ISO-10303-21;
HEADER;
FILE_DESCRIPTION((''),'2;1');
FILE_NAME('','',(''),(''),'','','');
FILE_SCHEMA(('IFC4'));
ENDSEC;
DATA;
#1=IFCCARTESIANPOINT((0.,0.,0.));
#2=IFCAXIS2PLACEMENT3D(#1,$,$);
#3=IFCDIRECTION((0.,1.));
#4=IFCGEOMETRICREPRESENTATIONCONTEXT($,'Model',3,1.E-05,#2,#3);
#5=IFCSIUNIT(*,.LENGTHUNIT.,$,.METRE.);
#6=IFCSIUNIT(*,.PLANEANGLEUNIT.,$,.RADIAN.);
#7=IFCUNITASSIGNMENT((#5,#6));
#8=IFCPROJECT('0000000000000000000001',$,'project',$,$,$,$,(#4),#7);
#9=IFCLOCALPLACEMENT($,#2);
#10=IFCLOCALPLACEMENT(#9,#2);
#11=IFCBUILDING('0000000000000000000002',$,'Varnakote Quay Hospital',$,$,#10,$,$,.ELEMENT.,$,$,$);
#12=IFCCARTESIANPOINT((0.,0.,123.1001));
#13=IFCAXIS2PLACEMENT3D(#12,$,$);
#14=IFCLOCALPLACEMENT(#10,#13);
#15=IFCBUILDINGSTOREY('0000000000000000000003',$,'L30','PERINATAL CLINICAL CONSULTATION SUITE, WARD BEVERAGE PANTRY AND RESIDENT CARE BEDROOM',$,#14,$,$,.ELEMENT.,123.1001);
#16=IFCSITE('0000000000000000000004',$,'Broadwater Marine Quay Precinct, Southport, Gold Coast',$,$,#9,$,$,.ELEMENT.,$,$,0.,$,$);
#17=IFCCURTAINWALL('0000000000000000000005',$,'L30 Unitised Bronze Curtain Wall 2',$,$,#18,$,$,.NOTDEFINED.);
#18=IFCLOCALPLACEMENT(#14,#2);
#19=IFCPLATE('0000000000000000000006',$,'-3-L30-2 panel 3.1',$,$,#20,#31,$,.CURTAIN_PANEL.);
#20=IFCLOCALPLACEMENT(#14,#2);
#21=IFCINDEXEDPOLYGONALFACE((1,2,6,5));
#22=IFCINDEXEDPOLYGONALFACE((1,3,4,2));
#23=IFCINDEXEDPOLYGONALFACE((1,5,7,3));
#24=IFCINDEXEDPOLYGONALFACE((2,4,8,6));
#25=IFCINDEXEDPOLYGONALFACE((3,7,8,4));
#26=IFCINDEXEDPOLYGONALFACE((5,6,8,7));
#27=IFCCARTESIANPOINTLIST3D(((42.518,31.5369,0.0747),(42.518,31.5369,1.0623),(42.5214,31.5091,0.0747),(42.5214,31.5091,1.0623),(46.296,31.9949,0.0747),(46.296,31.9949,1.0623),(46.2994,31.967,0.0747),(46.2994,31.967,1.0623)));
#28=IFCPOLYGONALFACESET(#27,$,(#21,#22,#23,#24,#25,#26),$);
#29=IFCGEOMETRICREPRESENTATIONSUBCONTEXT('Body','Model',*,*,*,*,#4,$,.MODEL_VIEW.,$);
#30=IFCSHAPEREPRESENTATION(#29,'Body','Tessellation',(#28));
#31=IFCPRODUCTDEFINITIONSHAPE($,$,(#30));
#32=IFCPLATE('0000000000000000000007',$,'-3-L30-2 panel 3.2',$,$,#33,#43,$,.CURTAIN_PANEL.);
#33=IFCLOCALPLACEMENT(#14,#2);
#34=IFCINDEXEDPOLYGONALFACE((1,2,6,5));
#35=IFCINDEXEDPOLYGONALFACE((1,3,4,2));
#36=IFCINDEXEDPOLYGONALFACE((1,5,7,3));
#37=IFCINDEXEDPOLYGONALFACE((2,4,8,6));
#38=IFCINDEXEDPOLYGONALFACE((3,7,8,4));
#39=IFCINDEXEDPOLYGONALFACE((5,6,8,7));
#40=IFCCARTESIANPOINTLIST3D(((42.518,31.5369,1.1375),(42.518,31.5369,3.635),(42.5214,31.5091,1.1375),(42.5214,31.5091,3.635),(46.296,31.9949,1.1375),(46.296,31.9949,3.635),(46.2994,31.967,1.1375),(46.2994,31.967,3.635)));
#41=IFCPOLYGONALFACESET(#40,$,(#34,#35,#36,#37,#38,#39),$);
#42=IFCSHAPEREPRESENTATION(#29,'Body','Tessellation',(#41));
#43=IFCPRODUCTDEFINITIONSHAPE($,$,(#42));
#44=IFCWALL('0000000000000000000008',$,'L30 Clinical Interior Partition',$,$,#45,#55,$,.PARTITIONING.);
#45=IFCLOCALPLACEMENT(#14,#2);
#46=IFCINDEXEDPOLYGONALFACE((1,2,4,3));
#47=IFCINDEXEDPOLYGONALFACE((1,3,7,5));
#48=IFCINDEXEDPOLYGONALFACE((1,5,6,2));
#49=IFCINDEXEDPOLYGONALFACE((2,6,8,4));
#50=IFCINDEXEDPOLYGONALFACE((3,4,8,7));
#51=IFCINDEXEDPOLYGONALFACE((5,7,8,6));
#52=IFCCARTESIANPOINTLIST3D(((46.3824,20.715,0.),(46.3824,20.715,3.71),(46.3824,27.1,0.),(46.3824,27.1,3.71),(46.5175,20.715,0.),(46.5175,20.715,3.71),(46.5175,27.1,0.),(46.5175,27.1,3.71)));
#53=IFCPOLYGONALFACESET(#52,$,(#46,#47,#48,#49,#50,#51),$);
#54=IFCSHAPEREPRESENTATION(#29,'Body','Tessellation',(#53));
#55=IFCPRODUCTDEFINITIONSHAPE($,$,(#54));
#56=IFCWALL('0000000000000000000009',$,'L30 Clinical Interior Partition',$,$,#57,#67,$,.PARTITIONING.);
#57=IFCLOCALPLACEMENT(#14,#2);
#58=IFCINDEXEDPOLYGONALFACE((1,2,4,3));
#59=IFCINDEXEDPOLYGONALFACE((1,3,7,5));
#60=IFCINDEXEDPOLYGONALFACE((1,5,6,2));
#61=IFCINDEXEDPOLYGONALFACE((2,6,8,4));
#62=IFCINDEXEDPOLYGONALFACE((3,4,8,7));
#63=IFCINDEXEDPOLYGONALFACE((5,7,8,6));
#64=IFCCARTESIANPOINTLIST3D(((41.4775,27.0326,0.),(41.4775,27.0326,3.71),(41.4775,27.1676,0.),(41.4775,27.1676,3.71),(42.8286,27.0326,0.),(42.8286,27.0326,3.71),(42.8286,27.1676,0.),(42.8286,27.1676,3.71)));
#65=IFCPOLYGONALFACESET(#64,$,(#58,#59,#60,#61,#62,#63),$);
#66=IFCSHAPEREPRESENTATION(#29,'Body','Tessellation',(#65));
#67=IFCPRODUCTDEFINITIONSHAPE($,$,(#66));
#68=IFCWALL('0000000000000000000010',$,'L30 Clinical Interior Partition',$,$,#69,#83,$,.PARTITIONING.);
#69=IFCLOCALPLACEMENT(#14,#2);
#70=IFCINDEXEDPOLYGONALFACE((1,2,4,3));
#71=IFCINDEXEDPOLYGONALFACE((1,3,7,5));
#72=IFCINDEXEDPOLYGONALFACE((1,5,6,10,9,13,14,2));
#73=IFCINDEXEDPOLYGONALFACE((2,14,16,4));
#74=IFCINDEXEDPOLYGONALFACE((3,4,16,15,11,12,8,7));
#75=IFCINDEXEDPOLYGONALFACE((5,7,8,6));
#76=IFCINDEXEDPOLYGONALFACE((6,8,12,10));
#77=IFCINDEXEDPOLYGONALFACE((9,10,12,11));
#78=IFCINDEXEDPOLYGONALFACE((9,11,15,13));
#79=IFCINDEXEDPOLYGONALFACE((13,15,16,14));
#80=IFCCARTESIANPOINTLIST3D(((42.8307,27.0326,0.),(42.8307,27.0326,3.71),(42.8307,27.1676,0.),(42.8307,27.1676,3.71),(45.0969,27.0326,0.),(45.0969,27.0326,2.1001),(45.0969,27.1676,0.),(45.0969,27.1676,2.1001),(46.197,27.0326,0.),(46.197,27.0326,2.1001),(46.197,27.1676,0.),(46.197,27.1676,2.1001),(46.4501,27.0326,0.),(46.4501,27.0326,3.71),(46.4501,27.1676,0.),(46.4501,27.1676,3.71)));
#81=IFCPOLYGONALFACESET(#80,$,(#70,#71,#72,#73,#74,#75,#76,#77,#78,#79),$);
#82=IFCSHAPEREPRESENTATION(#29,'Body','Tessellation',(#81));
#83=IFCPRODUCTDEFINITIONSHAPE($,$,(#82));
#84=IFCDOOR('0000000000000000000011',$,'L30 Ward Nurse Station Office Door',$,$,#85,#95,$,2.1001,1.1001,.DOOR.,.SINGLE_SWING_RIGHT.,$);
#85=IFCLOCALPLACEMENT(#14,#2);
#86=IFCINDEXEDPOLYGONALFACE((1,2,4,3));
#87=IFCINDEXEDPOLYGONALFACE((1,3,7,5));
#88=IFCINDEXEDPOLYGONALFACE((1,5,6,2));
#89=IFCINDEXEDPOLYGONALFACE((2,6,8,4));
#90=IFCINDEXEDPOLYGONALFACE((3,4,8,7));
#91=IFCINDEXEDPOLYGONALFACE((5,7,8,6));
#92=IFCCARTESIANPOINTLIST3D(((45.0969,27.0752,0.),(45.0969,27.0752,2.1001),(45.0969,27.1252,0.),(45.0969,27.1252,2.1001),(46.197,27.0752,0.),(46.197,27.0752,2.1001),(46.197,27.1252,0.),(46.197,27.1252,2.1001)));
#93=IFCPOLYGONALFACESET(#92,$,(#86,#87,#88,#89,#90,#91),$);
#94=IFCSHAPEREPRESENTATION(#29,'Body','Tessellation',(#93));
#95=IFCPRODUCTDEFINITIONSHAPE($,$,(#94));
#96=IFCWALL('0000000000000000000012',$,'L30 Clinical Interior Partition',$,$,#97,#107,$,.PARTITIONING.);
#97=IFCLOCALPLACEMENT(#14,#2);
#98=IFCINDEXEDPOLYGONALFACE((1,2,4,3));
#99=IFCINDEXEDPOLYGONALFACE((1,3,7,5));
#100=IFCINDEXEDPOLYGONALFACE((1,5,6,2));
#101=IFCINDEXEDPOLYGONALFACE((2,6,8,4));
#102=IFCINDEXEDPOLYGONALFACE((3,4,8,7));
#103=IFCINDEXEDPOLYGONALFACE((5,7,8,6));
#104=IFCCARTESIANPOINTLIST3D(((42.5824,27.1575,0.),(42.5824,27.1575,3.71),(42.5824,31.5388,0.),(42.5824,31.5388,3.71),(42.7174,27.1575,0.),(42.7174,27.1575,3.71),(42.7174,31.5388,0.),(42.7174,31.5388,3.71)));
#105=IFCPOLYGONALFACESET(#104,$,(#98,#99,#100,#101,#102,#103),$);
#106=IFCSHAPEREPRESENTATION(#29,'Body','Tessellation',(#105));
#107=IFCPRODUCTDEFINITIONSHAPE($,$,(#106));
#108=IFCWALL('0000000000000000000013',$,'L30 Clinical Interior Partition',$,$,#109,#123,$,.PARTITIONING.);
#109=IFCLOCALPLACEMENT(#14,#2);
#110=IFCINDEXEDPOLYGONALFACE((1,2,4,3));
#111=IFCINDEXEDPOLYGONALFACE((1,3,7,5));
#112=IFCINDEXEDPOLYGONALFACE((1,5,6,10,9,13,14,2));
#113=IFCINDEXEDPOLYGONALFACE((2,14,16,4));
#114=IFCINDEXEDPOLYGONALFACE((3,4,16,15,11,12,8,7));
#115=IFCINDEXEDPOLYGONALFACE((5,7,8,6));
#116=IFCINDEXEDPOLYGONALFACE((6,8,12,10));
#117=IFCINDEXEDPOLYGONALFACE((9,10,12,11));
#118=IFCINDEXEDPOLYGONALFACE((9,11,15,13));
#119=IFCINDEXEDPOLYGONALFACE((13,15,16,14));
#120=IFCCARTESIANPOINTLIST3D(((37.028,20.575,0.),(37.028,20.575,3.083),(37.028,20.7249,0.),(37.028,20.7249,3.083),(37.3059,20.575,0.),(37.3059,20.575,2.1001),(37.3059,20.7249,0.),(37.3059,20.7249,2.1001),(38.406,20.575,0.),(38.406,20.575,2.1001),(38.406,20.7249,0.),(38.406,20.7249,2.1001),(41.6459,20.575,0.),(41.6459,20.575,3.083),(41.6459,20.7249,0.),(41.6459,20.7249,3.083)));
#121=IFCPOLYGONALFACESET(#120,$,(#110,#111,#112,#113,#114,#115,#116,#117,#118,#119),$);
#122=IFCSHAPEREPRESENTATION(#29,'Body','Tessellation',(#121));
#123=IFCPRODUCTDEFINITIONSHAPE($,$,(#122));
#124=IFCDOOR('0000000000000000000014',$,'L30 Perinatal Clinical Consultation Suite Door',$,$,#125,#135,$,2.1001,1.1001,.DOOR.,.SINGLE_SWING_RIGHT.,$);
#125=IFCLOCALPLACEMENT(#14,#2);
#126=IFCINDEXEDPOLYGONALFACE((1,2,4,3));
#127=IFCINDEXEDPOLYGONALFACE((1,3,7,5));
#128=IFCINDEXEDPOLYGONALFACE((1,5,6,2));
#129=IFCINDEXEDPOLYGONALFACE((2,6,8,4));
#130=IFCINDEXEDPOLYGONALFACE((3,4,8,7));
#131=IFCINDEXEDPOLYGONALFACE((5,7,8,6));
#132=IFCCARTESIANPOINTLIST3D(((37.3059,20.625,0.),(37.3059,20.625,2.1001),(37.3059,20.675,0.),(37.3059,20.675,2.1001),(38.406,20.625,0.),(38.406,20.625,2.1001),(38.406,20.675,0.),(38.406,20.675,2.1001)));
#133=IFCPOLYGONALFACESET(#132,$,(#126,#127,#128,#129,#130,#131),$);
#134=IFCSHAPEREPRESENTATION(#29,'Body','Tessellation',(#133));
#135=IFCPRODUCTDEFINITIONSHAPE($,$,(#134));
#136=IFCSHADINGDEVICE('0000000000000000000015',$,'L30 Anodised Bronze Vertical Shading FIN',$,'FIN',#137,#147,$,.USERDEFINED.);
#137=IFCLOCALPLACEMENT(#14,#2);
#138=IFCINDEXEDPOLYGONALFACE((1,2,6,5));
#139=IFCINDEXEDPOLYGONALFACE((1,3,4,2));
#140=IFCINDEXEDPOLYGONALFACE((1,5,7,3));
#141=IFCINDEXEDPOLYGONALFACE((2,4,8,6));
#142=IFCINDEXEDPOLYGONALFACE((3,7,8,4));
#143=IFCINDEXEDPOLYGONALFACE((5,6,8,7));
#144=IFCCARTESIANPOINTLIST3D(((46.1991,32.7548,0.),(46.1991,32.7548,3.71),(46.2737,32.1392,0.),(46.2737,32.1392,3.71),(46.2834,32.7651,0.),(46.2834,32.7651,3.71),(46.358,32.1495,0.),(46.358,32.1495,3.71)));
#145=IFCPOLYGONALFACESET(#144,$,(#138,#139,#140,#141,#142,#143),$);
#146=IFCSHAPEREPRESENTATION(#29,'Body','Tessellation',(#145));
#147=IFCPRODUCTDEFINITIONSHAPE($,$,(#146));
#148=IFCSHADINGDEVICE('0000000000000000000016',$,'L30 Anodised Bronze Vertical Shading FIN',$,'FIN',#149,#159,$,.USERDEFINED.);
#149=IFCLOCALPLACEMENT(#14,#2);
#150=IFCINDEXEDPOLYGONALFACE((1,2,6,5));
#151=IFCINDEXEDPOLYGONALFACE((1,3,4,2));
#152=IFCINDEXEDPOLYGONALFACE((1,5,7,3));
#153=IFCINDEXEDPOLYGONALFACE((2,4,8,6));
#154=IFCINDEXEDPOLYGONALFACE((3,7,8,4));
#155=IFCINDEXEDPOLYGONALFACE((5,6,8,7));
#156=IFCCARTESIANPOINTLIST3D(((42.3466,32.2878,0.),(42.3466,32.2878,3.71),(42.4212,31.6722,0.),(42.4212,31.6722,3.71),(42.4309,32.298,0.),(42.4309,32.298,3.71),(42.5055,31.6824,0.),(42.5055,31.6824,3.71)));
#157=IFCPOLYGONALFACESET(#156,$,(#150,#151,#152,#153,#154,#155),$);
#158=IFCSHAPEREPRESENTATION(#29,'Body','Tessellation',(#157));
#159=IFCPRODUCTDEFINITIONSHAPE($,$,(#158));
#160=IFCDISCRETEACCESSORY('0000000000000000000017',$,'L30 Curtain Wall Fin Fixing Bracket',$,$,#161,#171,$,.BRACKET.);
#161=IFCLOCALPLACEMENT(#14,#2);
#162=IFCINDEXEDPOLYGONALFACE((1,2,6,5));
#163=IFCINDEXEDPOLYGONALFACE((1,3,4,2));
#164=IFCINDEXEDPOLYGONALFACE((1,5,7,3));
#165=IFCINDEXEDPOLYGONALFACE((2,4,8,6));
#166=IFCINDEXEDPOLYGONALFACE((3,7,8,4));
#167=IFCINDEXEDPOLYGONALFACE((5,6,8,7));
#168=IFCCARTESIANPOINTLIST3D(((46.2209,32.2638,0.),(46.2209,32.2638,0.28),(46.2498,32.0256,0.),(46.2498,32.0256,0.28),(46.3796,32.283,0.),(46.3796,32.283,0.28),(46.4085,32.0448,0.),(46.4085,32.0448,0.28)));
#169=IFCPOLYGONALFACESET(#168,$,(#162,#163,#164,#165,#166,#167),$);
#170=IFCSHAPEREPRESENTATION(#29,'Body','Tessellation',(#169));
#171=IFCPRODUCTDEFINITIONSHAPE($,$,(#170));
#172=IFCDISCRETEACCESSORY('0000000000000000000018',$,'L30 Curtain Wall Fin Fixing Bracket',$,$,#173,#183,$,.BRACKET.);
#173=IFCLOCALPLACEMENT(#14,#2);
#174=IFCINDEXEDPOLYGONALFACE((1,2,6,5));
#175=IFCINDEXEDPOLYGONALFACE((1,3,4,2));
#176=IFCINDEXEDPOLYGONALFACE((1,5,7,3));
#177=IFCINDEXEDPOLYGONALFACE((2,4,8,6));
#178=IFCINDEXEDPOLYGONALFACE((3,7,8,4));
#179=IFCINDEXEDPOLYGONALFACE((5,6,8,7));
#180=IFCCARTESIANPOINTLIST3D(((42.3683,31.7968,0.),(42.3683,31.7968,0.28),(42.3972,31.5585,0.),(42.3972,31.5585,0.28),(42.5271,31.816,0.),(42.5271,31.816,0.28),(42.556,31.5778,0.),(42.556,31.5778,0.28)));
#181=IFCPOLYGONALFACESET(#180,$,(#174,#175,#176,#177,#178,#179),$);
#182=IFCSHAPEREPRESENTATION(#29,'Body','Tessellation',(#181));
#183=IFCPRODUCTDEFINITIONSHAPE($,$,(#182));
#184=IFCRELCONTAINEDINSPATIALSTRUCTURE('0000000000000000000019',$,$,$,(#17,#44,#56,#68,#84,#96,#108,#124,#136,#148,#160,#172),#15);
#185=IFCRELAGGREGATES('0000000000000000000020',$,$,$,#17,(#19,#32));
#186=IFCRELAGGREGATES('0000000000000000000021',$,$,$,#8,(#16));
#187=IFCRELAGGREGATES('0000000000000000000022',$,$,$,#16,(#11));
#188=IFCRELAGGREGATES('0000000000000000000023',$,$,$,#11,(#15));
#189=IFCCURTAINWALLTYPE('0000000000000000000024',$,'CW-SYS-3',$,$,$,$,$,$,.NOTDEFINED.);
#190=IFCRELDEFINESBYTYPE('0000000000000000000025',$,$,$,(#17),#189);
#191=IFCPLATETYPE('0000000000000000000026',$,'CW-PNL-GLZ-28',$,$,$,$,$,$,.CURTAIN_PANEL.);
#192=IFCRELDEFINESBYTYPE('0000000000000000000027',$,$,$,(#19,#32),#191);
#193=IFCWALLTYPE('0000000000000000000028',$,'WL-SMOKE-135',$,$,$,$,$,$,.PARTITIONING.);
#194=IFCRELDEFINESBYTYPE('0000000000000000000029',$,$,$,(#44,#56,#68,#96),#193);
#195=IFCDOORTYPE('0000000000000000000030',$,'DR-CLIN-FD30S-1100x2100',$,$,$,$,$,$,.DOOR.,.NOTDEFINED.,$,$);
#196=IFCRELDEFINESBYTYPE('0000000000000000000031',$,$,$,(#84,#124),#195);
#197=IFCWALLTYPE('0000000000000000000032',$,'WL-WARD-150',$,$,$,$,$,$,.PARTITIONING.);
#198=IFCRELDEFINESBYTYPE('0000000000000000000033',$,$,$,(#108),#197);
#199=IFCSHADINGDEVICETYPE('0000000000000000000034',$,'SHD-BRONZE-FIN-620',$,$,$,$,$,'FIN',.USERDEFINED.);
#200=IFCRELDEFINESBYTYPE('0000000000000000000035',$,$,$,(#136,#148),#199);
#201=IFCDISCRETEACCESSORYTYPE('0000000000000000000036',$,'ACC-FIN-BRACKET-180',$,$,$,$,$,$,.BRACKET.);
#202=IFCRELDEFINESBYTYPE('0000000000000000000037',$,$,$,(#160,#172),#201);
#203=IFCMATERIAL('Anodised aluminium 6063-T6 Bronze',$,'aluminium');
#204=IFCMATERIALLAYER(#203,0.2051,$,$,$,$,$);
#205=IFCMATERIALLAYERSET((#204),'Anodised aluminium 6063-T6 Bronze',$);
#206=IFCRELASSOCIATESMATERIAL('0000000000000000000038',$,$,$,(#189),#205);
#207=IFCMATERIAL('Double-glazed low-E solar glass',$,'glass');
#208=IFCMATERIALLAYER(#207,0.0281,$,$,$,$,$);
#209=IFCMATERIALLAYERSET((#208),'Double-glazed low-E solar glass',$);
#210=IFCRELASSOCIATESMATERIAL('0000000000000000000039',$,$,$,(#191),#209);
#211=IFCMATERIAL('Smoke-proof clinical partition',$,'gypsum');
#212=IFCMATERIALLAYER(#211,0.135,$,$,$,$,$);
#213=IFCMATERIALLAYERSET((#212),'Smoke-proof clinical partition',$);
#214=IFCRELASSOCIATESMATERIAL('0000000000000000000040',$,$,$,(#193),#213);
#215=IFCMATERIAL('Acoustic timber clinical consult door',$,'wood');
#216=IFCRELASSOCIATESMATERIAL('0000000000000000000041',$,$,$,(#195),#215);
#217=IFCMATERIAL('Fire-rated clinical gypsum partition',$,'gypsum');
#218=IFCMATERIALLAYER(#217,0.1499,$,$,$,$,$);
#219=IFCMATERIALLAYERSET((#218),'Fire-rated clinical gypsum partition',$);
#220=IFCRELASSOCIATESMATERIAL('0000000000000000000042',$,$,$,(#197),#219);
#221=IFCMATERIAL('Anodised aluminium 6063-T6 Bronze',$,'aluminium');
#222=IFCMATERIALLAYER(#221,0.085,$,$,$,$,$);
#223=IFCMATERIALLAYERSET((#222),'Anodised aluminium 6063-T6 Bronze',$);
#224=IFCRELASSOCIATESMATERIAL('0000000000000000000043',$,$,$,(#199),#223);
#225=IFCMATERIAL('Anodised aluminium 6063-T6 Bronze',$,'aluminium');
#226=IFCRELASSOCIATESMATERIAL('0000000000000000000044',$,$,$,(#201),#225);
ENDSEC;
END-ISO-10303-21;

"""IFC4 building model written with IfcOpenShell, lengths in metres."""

from ifc_helpers import new_model, si_unit, direction, frame, frame_2d, origin, origin_2d, place, context, subcontext, project, spatial, rectangle, extrude, material, layer, layer_set, type_object, element, fill, aggregate, save


model = new_model("IFC4")

# Units and contexts
model_context = context("Model", 3, precision=1e-05, world=origin(), true_north=direction((0.0, 1.0)))
body_context = subcontext(model_context, "Body", "Model", "MODEL_VIEW")
ifc_project = project(units=[si_unit("LENGTHUNIT", "METRE"), si_unit("PLANEANGLEUNIT", "RADIAN")], contexts=[model_context])

# Site, building, storey
site_placement = place(None, origin())
site = spatial("IfcSite", under=ifc_project, at=site_placement, Name="Broadwater Marine Quay Precinct, Southport, Gold Coast", CompositionType="ELEMENT", RefElevation=0.0)
building_placement = place(site_placement, origin())
building = spatial("IfcBuilding", under=site, at=building_placement, Name="Varnakote Quay Hospital", CompositionType="ELEMENT")
storey_placement = place(building_placement, frame((0.0, 0.0, 123.1001)))
storey = spatial("IfcBuildingStorey", under=building, at=storey_placement, Name="L30", Description="PERINATAL CLINICAL CONSULTATION SUITE, WARD BEVERAGE PANTRY AND RESIDENT CARE BEDROOM", CompositionType="ELEMENT", Elevation=123.1001)

# Curtain wall
ifc_material_1 = material(Name="Anodised aluminium 6063-T6 Bronze", Category="aluminium")
ifc_layer_1 = layer(ifc_material_1, 0.2051)
ifc_layer_set_1 = layer_set([ifc_layer_1], Name="Anodised aluminium 6063-T6 Bronze")
curtain_wall_type = type_object("IfcCurtainWallType", Name="CW-SYS-3", PredefinedType="NOTDEFINED", material=ifc_layer_set_1)
curtain_wall_placement = place(storey_placement, origin())
curtain_wall = element("IfcCurtainWall", 1, at=curtain_wall_placement, inside=storey, type_object=curtain_wall_type, Name="L30 Unitised Bronze Curtain Wall 2", PredefinedType="NOTDEFINED")

# Plates
ifc_material_2 = material(Name="Double-glazed low-E solar glass", Category="glass")
ifc_layer_2 = layer(ifc_material_2, 0.0281)
ifc_layer_set_2 = layer_set([ifc_layer_2], Name="Double-glazed low-E solar glass")
plate_type = type_object("IfcPlateType", Name="CW-PNL-GLZ-28", PredefinedType="CURTAIN_PANEL", material=ifc_layer_set_2)
plate_1_placement = place(storey_placement, frame((44.4087, 31.752, 0.0747), z_axis=(0.0, 0.0, 1.0), x_axis=(-0.992734, -0.120327, 0.0)))
plate_1 = element("IfcPlate", 2, at=plate_1_placement, type_object=plate_type, Name="-3-L30-2 panel 3.1", PredefinedType="CURTAIN_PANEL", context=body_context, shape_type="SweptSolid", body=[
    extrude(rectangle(XDim=3.8057, YDim=0.0281, at=origin_2d()), origin(), (0.0, 0.0, 1.0), 0.9875),
])
plate_2_placement = place(storey_placement, frame((44.4087, 31.752, 1.1375), z_axis=(0.0, 0.0, 1.0), x_axis=(-0.992734, -0.120327, 0.0)))
plate_2 = element("IfcPlate", 3, at=plate_2_placement, type_object=plate_type, Name="-3-L30-2 panel 3.2", PredefinedType="CURTAIN_PANEL", context=body_context, shape_type="SweptSolid", body=[
    extrude(rectangle(XDim=3.8057, YDim=0.0281, at=origin_2d()), origin(), (0.0, 0.0, 1.0), 2.4976),
])
aggregate(curtain_wall, [plate_1, plate_2])

# Walls
ifc_material_3 = material(Name="Smoke-proof clinical partition", Category="gypsum")
ifc_layer_3 = layer(ifc_material_3, 0.135)
ifc_layer_set_3 = layer_set([ifc_layer_3], Name="Smoke-proof clinical partition")
wall_type_1 = type_object("IfcWallType", Name="WL-SMOKE-135", PredefinedType="PARTITIONING", material=ifc_layer_set_3)
wall_1_placement = place(storey_placement, frame((46.45, 20.7151, 0.0), z_axis=(0.0, 0.0, 1.0), x_axis=(0.0, 1.0, 0.0)))
element("IfcWall", 4, at=wall_1_placement, inside=storey, type_object=wall_type_1, Name="L30 Clinical Interior Partition", PredefinedType="PARTITIONING", context=body_context, shape_type="SweptSolid", body=[
    extrude(rectangle(XDim=6.385, YDim=0.135, at=frame_2d((3.1924, 0.0))), origin(), (0.0, 0.0, 1.0), 3.71),
])
wall_2_placement = place(storey_placement, frame((42.8286, 27.1001, 0.0), z_axis=(0.0, 0.0, 1.0), x_axis=(-1.0, 0.0, 0.0)))
element("IfcWall", 5, at=wall_2_placement, inside=storey, type_object=wall_type_1, Name="L30 Clinical Interior Partition", PredefinedType="PARTITIONING", context=body_context, shape_type="SweptSolid", body=[
    extrude(rectangle(XDim=1.3511, YDim=0.135, at=frame_2d((0.6755, 0.0))), origin(), (0.0, 0.0, 1.0), 3.71),
])

# Wall, opening, door
wall_3_placement = place(storey_placement, frame((46.45, 27.1001, 0.0), z_axis=(0.0, 0.0, 1.0), x_axis=(-1.0, 0.0, 0.0)))
wall_3 = element("IfcWall", 6, at=wall_3_placement, inside=storey, type_object=wall_type_1, Name="L30 Clinical Interior Partition", PredefinedType="PARTITIONING", context=body_context, shape_type="SweptSolid", body=[
    extrude(rectangle(XDim=3.6194, YDim=0.135, at=frame_2d((1.8096, 0.0))), origin(), (0.0, 0.0, 1.0), 3.71),
])
opening_1_placement = place(wall_3_placement, frame((0.2529, 0.0, 0.0)))
opening_1 = element("IfcOpeningElement", 7, at=opening_1_placement, cuts=wall_3, PredefinedType="OPENING", context=body_context, shape_type="SweptSolid", body=[
    extrude(rectangle(XDim=1.1001, YDim=2.1001, at=frame_2d((0.55, 1.05))), frame((0.0, 0.0774, 0.0), z_axis=(0.0, -1.0, 0.0), x_axis=(1.0, 0.0, 0.0)), (0.0, 0.0, 1.0), 0.155),
])
ifc_material_4 = material(Name="Acoustic timber clinical consult door", Category="wood")
door_type = type_object("IfcDoorType", Name="DR-CLIN-FD30S-1100x2100", OperationType="NOTDEFINED", PredefinedType="DOOR", material=ifc_material_4)
door_1_placement = place(opening_1_placement, origin())
door_1 = element("IfcDoor", 8, at=door_1_placement, inside=storey, type_object=door_type, Name="L30 Ward Nurse Station Office Door", OperationType="SINGLE_SWING_RIGHT", OverallHeight=2.1001, OverallWidth=1.1001, PredefinedType="DOOR", context=body_context, shape_type="SweptSolid", body=[
    extrude(rectangle(XDim=1.1001, YDim=2.1001, at=frame_2d((0.55, 1.05))), frame((0.0, 0.0249, 0.0), z_axis=(0.0, -1.0, 0.0), x_axis=(1.0, 0.0, 0.0)), (0.0, 0.0, 1.0), 0.05),
])
fill(opening_1, door_1)

# Wall
wall_4_placement = place(storey_placement, frame((42.6499, 27.1575, 0.0), z_axis=(0.0, 0.0, 1.0), x_axis=(0.0, 1.0, 0.0)))
element("IfcWall", 9, at=wall_4_placement, inside=storey, type_object=wall_type_1, Name="L30 Clinical Interior Partition", PredefinedType="PARTITIONING", context=body_context, shape_type="SweptSolid", body=[
    extrude(rectangle(XDim=4.3813, YDim=0.135, at=frame_2d((2.1907, 0.0))), origin(), (0.0, 0.0, 1.0), 3.71),
])

# Wall, opening, door
ifc_material_5 = material(Name="Fire-rated clinical gypsum partition", Category="gypsum")
ifc_layer_4 = layer(ifc_material_5, 0.1499)
ifc_layer_set_4 = layer_set([ifc_layer_4], Name="Fire-rated clinical gypsum partition")
wall_type_2 = type_object("IfcWallType", Name="WL-WARD-150", PredefinedType="PARTITIONING", material=ifc_layer_set_4)
wall_5_placement = place(storey_placement, frame((41.646, 20.6499, 0.0), z_axis=(0.0, 0.0, 1.0), x_axis=(-1.0, 0.0, 0.0)))
wall_5 = element("IfcWall", 10, at=wall_5_placement, inside=storey, type_object=wall_type_2, Name="L30 Clinical Interior Partition", PredefinedType="PARTITIONING", context=body_context, shape_type="SweptSolid", body=[
    extrude(rectangle(XDim=4.6179, YDim=0.1499, at=frame_2d((2.3091, 0.0))), origin(), (0.0, 0.0, 1.0), 3.083),
])
opening_2_placement = place(wall_5_placement, frame((3.24, 0.0, 0.0)))
opening_2 = element("IfcOpeningElement", 11, at=opening_2_placement, cuts=wall_5, PredefinedType="OPENING", context=body_context, shape_type="SweptSolid", body=[
    extrude(rectangle(XDim=1.1001, YDim=2.1001, at=frame_2d((0.55, 1.05))), frame((0.0, 0.085, 0.0), z_axis=(0.0, -1.0, 0.0), x_axis=(1.0, 0.0, 0.0)), (0.0, 0.0, 1.0), 0.1699),
])
door_2_placement = place(opening_2_placement, origin())
door_2 = element("IfcDoor", 12, at=door_2_placement, inside=storey, type_object=door_type, Name="L30 Perinatal Clinical Consultation Suite Door", OperationType="SINGLE_SWING_RIGHT", OverallHeight=2.1001, OverallWidth=1.1001, PredefinedType="DOOR", context=body_context, shape_type="SweptSolid", body=[
    extrude(rectangle(XDim=1.1001, YDim=2.1001, at=frame_2d((0.55, 1.05))), frame((0.0, 0.0249, 0.0), z_axis=(0.0, -1.0, 0.0), x_axis=(1.0, 0.0, 0.0)), (0.0, 0.0, 1.0), 0.05),
])
fill(opening_2, door_2)

# Shading devices
ifc_material_6 = material(Name="Anodised aluminium 6063-T6 Bronze", Category="aluminium")
ifc_layer_5 = layer(ifc_material_6, 0.085)
ifc_layer_set_5 = layer_set([ifc_layer_5], Name="Anodised aluminium 6063-T6 Bronze")
shading_device_type = type_object("IfcShadingDeviceType", Name="SHD-BRONZE-FIN-620", ElementType="FIN", PredefinedType="USERDEFINED", material=ifc_layer_set_5)
for number, where, z_axis, x_axis, name in (
    (13, (46.2786, 32.4521, 0.0), (0.0, 0.0, 1.0), (0.12031, -0.992736, 0.0), "L30 Anodised Bronze Vertical Shading FIN"),
    (14, (42.426, 31.9851, 0.0), (0.0, 0.0, 1.0), (0.12031, -0.992736, 0.0), "L30 Anodised Bronze Vertical Shading FIN"),
):
    element("IfcShadingDevice", number, at=place(storey_placement, frame(where, z_axis=z_axis, x_axis=x_axis)), inside=storey, type_object=shading_device_type, Name=name, ObjectType="FIN", PredefinedType="USERDEFINED", context=body_context, shape_type="SweptSolid", body=[
        extrude(rectangle(XDim=0.6201, YDim=0.085, at=origin_2d()), origin(), (0.0, 0.0, 1.0), 3.71),
    ])

# Discrete accessories
ifc_material_7 = material(Name="Anodised aluminium 6063-T6 Bronze", Category="aluminium")
discrete_accessory_type = type_object("IfcDiscreteAccessoryType", Name="ACC-FIN-BRACKET-180", PredefinedType="BRACKET", material=ifc_material_7)
for number, where, z_axis, x_axis, name in (
    (15, (46.3147, 32.1543, 0.0), (0.0, 0.0, 1.0), (-0.992736, -0.12031, 0.0), "L30 Curtain Wall Fin Fixing Bracket"),
    (16, (42.4622, 31.6873, 0.0), (0.0, 0.0, 1.0), (-0.992736, -0.12031, 0.0), "L30 Curtain Wall Fin Fixing Bracket"),
):
    element("IfcDiscreteAccessory", number, at=place(storey_placement, frame(where, z_axis=z_axis, x_axis=x_axis)), inside=storey, type_object=discrete_accessory_type, Name=name, PredefinedType="BRACKET", context=body_context, shape_type="SweptSolid", body=[
        extrude(rectangle(XDim=0.1599, YDim=0.24, at=origin_2d()), origin(), (0.0, 0.0, 1.0), 0.28),
    ])

save(model, "model.ifc")
